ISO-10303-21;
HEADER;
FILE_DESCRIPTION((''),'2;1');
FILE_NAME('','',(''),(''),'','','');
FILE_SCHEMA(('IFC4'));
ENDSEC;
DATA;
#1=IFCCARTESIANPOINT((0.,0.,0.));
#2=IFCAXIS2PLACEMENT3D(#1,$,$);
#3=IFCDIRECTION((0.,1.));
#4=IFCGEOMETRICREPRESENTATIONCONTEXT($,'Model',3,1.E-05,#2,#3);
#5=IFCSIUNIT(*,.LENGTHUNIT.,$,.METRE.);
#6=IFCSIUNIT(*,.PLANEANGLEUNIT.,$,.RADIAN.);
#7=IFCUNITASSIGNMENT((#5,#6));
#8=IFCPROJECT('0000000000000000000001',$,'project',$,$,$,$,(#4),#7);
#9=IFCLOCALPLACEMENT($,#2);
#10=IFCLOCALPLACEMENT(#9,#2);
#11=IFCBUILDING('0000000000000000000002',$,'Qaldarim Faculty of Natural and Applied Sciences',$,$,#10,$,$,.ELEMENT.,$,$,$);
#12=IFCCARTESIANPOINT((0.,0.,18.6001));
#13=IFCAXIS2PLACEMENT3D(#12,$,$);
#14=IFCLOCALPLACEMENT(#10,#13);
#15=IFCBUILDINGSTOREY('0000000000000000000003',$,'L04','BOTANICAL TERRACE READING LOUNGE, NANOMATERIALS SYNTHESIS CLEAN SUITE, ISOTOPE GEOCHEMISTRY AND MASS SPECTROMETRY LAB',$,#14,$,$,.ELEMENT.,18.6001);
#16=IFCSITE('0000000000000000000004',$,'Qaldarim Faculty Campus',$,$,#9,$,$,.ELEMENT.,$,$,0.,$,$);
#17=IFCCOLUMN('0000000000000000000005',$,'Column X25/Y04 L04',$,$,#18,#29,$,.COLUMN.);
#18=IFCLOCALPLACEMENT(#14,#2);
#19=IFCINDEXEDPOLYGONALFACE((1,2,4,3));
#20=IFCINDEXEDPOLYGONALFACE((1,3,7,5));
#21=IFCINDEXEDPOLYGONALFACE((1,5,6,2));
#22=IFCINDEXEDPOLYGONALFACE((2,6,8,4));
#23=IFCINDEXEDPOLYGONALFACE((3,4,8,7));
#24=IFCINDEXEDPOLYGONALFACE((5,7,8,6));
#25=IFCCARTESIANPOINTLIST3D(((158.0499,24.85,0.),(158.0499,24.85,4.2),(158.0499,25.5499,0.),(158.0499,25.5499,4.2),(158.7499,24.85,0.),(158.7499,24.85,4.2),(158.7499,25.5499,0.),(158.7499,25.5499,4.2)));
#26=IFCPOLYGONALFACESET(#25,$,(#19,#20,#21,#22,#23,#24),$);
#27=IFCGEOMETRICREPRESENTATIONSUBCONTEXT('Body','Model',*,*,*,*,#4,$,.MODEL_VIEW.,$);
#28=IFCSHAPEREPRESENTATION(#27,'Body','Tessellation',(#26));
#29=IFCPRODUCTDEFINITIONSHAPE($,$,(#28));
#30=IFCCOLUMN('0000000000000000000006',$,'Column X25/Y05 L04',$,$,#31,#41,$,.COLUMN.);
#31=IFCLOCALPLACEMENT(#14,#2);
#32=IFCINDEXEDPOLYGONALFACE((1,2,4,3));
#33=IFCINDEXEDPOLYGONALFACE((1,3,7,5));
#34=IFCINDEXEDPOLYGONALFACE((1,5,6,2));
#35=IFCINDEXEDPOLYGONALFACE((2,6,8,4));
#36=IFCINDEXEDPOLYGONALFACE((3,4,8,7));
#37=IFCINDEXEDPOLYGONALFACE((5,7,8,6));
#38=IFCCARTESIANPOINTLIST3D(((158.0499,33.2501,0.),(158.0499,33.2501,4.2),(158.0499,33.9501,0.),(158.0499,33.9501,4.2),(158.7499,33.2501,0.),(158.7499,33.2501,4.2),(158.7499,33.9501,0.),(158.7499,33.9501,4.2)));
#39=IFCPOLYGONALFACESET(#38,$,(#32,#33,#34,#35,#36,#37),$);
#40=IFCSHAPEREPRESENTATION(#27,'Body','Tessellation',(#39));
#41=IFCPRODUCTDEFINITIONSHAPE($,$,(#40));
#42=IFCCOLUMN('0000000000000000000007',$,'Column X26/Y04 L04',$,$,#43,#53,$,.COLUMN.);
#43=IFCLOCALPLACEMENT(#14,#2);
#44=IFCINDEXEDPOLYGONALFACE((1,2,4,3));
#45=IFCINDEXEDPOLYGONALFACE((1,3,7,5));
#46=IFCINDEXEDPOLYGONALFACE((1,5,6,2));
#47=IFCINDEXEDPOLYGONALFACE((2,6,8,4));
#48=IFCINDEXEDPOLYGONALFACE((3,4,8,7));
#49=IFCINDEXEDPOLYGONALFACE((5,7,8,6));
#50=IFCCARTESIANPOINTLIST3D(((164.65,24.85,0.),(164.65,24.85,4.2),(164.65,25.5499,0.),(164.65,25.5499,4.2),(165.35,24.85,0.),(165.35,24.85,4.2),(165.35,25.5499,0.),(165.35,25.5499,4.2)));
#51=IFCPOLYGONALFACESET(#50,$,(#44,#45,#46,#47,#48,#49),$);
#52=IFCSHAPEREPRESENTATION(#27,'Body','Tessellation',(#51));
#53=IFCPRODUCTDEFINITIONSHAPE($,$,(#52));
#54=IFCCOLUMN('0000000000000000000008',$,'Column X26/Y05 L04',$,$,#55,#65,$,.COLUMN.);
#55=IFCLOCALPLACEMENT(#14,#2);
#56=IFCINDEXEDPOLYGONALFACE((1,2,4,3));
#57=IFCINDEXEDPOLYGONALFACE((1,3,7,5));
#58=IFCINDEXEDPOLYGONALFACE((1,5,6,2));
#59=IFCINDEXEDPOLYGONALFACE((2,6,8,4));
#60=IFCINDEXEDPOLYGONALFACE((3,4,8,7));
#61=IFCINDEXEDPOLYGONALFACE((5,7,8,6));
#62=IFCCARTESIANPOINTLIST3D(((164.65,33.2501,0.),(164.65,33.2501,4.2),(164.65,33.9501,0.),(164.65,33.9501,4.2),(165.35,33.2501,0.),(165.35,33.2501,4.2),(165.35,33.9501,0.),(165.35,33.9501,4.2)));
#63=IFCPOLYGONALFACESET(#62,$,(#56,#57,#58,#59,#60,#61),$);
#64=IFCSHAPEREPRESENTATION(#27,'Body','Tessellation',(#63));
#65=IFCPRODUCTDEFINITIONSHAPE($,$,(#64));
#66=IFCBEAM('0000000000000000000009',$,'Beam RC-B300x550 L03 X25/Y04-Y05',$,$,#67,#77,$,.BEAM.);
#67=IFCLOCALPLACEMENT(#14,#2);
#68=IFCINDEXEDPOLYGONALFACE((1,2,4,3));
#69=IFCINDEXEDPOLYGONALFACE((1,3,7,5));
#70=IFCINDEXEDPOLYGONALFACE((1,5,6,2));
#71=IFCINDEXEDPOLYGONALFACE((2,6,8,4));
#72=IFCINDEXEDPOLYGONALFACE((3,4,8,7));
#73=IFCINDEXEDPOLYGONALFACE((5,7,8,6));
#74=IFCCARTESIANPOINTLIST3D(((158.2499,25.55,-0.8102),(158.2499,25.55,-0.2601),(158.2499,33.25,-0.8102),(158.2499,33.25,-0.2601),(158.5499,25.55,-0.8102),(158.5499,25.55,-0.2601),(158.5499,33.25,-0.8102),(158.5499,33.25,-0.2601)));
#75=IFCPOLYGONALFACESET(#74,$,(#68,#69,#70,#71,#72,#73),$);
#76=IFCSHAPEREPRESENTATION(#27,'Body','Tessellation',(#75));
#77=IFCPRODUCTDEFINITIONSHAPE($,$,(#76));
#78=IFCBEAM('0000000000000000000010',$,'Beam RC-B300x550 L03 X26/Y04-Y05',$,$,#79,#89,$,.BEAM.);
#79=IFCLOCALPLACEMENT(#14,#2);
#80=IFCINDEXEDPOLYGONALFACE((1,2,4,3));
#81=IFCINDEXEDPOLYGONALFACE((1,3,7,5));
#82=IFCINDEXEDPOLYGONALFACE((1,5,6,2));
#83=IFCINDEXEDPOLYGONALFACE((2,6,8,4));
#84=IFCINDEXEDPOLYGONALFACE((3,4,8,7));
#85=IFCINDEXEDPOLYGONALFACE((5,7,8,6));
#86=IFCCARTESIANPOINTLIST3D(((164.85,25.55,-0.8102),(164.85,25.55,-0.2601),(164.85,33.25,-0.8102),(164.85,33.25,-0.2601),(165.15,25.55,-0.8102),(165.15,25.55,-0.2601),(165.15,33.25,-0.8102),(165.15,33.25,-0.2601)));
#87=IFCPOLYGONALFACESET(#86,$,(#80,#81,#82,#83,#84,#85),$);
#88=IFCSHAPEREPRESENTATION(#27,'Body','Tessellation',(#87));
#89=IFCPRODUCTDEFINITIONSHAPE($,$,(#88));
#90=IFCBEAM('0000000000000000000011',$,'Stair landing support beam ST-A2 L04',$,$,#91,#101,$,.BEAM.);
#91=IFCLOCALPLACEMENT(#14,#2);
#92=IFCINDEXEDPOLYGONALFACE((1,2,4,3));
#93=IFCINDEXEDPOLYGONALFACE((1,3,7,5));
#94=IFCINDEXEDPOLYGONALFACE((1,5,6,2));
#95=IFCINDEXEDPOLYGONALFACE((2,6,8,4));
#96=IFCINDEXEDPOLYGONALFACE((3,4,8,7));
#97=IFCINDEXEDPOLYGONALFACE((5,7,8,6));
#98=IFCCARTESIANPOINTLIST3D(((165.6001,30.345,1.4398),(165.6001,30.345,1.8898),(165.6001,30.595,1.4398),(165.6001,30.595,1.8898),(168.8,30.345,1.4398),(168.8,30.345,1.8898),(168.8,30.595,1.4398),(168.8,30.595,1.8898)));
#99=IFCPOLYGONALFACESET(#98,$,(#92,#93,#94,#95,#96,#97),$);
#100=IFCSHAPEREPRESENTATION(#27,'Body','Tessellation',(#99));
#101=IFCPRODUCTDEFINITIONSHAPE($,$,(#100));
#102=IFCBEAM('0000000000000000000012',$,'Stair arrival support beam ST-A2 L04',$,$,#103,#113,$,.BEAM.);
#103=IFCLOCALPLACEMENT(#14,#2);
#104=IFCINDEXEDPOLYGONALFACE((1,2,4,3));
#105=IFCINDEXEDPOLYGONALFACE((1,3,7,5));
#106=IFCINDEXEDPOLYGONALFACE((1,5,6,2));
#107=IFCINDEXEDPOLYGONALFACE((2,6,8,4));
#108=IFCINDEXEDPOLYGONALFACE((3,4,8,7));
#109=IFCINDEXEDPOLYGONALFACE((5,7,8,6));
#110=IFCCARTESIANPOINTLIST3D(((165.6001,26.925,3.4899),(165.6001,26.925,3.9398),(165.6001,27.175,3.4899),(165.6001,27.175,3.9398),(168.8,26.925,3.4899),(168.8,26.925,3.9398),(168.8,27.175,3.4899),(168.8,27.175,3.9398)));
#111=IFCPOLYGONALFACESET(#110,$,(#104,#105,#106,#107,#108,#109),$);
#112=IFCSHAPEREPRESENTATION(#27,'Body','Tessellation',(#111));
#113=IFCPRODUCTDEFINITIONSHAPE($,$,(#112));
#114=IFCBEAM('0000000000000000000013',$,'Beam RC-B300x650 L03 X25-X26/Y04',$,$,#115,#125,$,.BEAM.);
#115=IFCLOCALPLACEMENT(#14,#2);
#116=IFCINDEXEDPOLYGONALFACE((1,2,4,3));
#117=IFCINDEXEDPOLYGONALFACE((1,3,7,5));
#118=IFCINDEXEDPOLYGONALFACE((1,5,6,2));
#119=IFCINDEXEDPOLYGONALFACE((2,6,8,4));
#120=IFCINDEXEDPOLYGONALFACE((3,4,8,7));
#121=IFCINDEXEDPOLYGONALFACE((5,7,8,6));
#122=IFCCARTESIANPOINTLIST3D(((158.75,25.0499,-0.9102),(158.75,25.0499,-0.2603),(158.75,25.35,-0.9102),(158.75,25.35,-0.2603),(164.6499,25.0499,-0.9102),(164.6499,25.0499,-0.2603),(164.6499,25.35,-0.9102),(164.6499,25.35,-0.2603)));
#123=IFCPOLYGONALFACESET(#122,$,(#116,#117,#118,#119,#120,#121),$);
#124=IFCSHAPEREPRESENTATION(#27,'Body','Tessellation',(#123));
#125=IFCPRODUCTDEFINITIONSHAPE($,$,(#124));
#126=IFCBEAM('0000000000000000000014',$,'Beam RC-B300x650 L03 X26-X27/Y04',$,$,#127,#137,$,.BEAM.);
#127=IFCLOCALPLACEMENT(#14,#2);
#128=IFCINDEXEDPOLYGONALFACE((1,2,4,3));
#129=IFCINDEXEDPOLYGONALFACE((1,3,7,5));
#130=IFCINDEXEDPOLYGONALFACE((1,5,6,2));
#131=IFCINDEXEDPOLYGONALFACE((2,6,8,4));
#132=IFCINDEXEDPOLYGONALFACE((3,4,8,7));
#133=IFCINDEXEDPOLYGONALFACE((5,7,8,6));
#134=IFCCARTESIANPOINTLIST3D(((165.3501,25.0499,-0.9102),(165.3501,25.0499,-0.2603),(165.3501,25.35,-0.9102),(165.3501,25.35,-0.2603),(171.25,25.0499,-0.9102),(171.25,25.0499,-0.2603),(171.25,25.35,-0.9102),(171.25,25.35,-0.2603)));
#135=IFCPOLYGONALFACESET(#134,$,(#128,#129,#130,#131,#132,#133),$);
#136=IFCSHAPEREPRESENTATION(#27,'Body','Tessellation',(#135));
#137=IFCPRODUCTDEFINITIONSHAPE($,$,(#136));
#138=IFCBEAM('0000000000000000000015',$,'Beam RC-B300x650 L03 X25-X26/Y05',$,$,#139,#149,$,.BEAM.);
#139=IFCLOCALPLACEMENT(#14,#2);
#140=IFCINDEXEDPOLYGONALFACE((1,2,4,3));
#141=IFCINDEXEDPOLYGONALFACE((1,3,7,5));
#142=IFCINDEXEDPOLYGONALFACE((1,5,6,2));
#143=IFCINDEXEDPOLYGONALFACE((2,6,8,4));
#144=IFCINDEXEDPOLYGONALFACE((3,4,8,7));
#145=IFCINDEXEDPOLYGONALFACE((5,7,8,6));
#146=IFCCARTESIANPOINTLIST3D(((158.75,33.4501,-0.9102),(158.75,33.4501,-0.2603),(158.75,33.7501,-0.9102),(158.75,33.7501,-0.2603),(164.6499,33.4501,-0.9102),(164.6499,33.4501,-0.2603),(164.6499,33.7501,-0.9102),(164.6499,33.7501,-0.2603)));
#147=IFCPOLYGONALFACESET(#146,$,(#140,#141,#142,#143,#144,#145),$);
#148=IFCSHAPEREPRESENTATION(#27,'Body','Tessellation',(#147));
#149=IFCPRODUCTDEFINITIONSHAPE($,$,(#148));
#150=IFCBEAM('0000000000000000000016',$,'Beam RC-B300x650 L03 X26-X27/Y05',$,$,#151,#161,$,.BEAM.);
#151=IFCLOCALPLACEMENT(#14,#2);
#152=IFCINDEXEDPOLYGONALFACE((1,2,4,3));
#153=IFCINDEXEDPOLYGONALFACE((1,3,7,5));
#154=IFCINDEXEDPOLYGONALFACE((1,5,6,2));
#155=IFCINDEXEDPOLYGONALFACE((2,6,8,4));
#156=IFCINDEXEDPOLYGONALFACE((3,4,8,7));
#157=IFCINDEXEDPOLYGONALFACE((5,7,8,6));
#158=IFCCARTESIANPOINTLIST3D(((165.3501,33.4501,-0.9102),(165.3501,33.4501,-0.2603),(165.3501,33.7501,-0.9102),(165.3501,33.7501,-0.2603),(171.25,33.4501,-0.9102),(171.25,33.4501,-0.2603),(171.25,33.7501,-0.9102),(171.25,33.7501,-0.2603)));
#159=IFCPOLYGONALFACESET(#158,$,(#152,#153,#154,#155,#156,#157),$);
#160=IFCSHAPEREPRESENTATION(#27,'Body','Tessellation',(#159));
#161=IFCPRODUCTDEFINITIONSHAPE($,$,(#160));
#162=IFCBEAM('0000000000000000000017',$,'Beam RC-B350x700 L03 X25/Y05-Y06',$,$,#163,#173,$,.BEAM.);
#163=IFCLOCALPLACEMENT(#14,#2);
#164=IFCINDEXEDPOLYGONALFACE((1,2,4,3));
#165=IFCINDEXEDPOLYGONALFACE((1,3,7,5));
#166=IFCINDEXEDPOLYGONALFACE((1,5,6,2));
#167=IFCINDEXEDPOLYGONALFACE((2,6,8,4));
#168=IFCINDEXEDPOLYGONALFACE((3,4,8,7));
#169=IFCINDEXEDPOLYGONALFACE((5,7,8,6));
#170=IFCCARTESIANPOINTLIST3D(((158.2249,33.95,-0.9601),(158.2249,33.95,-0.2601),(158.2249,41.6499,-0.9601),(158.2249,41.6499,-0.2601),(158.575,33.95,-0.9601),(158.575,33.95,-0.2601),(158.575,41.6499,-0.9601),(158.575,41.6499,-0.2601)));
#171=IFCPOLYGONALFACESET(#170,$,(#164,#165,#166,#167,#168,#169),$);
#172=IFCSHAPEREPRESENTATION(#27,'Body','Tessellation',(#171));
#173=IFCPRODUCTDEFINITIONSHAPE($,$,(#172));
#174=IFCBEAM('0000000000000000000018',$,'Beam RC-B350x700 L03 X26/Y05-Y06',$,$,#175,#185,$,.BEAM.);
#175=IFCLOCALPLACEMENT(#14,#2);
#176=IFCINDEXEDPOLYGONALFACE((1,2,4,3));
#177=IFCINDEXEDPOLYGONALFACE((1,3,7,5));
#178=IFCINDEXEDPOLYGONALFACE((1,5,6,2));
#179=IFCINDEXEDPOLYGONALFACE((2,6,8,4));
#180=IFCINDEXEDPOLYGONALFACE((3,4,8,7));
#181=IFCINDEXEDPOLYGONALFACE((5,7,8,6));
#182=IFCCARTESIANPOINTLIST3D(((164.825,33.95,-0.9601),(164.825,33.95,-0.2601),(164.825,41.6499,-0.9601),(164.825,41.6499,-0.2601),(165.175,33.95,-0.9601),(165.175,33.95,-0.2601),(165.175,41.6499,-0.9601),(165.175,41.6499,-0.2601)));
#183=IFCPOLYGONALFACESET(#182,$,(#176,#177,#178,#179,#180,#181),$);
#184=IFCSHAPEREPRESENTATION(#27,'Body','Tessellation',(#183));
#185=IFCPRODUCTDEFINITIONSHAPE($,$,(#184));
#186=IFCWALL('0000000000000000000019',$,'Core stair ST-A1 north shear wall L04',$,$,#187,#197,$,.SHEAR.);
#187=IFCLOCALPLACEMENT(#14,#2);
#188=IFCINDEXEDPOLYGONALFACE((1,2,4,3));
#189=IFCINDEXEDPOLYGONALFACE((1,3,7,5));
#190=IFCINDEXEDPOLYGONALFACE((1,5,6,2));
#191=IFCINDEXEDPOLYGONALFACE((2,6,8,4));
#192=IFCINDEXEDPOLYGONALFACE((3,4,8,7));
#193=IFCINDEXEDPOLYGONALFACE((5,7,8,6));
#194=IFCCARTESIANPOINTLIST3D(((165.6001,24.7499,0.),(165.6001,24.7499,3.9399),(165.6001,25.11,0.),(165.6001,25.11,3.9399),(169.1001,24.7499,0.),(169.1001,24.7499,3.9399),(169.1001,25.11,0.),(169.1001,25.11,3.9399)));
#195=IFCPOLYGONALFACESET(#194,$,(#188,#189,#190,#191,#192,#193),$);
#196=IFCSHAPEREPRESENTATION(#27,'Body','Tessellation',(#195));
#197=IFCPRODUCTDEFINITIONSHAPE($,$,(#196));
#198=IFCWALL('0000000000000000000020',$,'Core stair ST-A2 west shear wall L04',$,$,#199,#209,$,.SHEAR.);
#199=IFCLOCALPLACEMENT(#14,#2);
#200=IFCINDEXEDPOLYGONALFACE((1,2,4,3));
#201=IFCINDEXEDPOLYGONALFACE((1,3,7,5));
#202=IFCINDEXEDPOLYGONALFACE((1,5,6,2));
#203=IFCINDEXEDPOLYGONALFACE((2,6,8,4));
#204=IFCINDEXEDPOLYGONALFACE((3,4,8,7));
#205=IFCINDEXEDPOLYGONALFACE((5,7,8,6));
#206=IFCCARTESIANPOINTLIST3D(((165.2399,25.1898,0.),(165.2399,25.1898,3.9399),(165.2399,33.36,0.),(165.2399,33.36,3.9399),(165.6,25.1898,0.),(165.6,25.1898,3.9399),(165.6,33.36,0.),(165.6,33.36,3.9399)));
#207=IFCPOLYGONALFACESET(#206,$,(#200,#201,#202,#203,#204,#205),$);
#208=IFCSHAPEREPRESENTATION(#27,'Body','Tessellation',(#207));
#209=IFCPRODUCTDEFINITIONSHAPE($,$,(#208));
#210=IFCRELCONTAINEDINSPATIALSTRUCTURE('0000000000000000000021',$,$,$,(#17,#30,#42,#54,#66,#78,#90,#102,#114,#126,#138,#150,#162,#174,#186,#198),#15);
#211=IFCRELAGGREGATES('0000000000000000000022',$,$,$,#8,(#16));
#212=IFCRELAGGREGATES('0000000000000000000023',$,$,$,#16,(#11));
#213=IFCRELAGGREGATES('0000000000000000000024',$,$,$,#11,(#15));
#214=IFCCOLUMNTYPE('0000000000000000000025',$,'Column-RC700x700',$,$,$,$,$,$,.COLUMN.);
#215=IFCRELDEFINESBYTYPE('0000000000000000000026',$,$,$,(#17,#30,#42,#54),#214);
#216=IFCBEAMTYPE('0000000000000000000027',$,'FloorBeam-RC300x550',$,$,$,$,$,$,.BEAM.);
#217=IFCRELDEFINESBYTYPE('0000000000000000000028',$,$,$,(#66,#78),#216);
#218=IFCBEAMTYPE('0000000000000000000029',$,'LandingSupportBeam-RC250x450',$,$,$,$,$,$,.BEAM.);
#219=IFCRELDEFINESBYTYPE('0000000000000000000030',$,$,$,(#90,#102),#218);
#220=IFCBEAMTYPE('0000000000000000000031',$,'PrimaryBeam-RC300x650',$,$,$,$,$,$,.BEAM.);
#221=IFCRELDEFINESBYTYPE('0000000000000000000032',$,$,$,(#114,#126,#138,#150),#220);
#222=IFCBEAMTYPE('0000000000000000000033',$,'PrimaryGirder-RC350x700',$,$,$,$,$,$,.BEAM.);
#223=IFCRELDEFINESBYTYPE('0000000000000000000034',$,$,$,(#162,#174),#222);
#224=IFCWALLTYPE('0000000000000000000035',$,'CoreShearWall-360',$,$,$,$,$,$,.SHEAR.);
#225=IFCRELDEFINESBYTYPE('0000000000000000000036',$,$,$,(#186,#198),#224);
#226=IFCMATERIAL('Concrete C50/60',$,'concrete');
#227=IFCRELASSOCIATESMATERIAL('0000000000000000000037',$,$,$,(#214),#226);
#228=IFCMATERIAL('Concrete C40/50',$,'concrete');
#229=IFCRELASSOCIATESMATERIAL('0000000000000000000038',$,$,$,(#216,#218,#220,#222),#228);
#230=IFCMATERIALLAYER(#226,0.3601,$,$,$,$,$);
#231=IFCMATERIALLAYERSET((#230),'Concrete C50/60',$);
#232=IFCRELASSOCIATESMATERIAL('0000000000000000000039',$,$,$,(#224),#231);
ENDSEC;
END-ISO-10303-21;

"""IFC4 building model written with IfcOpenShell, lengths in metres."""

from ifc_helpers import new_model, si_unit, direction, frame, frame_2d, origin, origin_2d, place, context, subcontext, project, spatial, rectangle, extrude, material, layer, layer_set, material_profile, profile_set, type_object, element, save


model = new_model("IFC4")

# Units and contexts
model_context = context("Model", 3, precision=1e-05, world=origin(), true_north=direction((0.0, 1.0)))
body_context = subcontext(model_context, "Body", "Model", "MODEL_VIEW")
ifc_project = project(units=[si_unit("LENGTHUNIT", "METRE"), si_unit("PLANEANGLEUNIT", "RADIAN")], contexts=[model_context])

# Site, building, storey
site_placement = place(None, origin())
site = spatial("IfcSite", under=ifc_project, at=site_placement, Name="Qaldarim Faculty Campus", CompositionType="ELEMENT", RefElevation=0.0)
building_placement = place(site_placement, origin())
building = spatial("IfcBuilding", under=site, at=building_placement, Name="Qaldarim Faculty of Natural and Applied Sciences", CompositionType="ELEMENT")
storey_placement = place(building_placement, frame((0.0, 0.0, 18.6001)))
storey = spatial("IfcBuildingStorey", under=building, at=storey_placement, Name="L04", Description="BOTANICAL TERRACE READING LOUNGE, NANOMATERIALS SYNTHESIS CLEAN SUITE, ISOTOPE GEOCHEMISTRY AND MASS SPECTROMETRY LAB", CompositionType="ELEMENT", Elevation=18.6001)

# Columns
ifc_material_1 = material(Name="Concrete C50/60", Category="concrete")
ifc_material_profile_1 = material_profile(ifc_material_1, rectangle(XDim=0.7, YDim=0.7, at=origin_2d()), Name="RC-C700x700")
ifc_profile_set_1 = profile_set([ifc_material_profile_1], Name="Concrete C50/60")
column_type = type_object("IfcColumnType", Name="Column-RC700x700", PredefinedType="COLUMN", material=ifc_profile_set_1)
for number, where, z_axis, x_axis, name in (
    (1, (158.3999, 25.2, 0.0), (0.0, 0.0, 1.0), (1.0, 0.0, 0.0), "Column X25/Y04 L04"),
    (2, (158.3999, 33.6001, 0.0), (0.0, 0.0, 1.0), (1.0, 0.0, 0.0), "Column X25/Y05 L04"),
    (3, (165.0, 25.2, 0.0), (0.0, 0.0, 1.0), (1.0, 0.0, 0.0), "Column X26/Y04 L04"),
    (4, (165.0, 33.6001, 0.0), (0.0, 0.0, 1.0), (1.0, 0.0, 0.0), "Column X26/Y05 L04"),
):
    element("IfcColumn", number, at=place(storey_placement, frame(where, z_axis=z_axis, x_axis=x_axis)), inside=storey, type_object=column_type, Name=name, PredefinedType="COLUMN", context=body_context, shape_type="SweptSolid", body=[
        extrude(rectangle(XDim=0.7, YDim=0.7, at=origin_2d()), origin(), (0.0, 0.0, 1.0), 4.2),
    ])

# Beams
ifc_material_2 = material(Name="Concrete C40/50", Category="concrete")
ifc_material_profile_2 = material_profile(ifc_material_2, rectangle(XDim=0.3, YDim=0.55, at=origin_2d()), Name="RC-B300x550")
ifc_profile_set_2 = profile_set([ifc_material_profile_2], Name="Concrete C40/50")
beam_type_1 = type_object("IfcBeamType", Name="FloorBeam-RC300x550", PredefinedType="BEAM", material=ifc_profile_set_2)
for number, where, z_axis, x_axis, name in (
    (5, (158.3999, 25.55, -0.5352), (0.0, 1.0, 0.0), (-1.0, 0.0, 0.0), "Beam RC-B300x550 L03 X25/Y04-Y05"),
    (6, (165.0, 25.55, -0.5352), (0.0, 1.0, 0.0), (-1.0, 0.0, 0.0), "Beam RC-B300x550 L03 X26/Y04-Y05"),
):
    element("IfcBeam", number, at=place(storey_placement, frame(where, z_axis=z_axis, x_axis=x_axis)), inside=storey, type_object=beam_type_1, Name=name, PredefinedType="BEAM", context=body_context, shape_type="SweptSolid", body=[
        extrude(rectangle(XDim=0.3, YDim=0.55, at=origin_2d()), origin(), (0.0, 0.0, 1.0), 7.7),
    ])
ifc_material_profile_3 = material_profile(ifc_material_2, rectangle(XDim=0.25, YDim=0.45, at=origin_2d()), Name="RC-LN250x450")
ifc_profile_set_3 = profile_set([ifc_material_profile_3], Name="Concrete C40/50")
beam_type_2 = type_object("IfcBeamType", Name="LandingSupportBeam-RC250x450", PredefinedType="BEAM", material=ifc_profile_set_3)
for number, where, z_axis, x_axis, name in (
    (7, (165.6001, 30.47, 1.6648), (1.0, 0.0, 0.0), (0.0, 1.0, 0.0), "Stair landing support beam ST-A2 L04"),
    (8, (165.6001, 27.05, 3.7148), (1.0, 0.0, 0.0), (0.0, 1.0, 0.0), "Stair arrival support beam ST-A2 L04"),
):
    element("IfcBeam", number, at=place(storey_placement, frame(where, z_axis=z_axis, x_axis=x_axis)), inside=storey, type_object=beam_type_2, Name=name, PredefinedType="BEAM", context=body_context, shape_type="SweptSolid", body=[
        extrude(rectangle(XDim=0.25, YDim=0.45, at=origin_2d()), origin(), (0.0, 0.0, 1.0), 3.2),
    ])
ifc_material_profile_4 = material_profile(ifc_material_2, rectangle(XDim=0.3, YDim=0.6499, at=origin_2d()), Name="RC-B300x650")
ifc_profile_set_4 = profile_set([ifc_material_profile_4], Name="Concrete C40/50")
beam_type_3 = type_object("IfcBeamType", Name="PrimaryBeam-RC300x650", PredefinedType="BEAM", material=ifc_profile_set_4)
for number, where, z_axis, x_axis, name in (
    (9, (158.75, 25.2, -0.5852), (1.0, 0.0, 0.0), (0.0, 1.0, 0.0), "Beam RC-B300x650 L03 X25-X26/Y04"),
    (10, (165.3501, 25.2, -0.5852), (1.0, 0.0, 0.0), (0.0, 1.0, 0.0), "Beam RC-B300x650 L03 X26-X27/Y04"),
    (11, (158.75, 33.6001, -0.5852), (1.0, 0.0, 0.0), (0.0, 1.0, 0.0), "Beam RC-B300x650 L03 X25-X26/Y05"),
    (12, (165.3501, 33.6001, -0.5852), (1.0, 0.0, 0.0), (0.0, 1.0, 0.0), "Beam RC-B300x650 L03 X26-X27/Y05"),
):
    element("IfcBeam", number, at=place(storey_placement, frame(where, z_axis=z_axis, x_axis=x_axis)), inside=storey, type_object=beam_type_3, Name=name, PredefinedType="BEAM", context=body_context, shape_type="SweptSolid", body=[
        extrude(rectangle(XDim=0.3, YDim=0.6499, at=origin_2d()), origin(), (0.0, 0.0, 1.0), 5.8999),
    ])
ifc_material_profile_5 = material_profile(ifc_material_2, rectangle(XDim=0.3501, YDim=0.7, at=origin_2d()), Name="RC-B350x700")
ifc_profile_set_5 = profile_set([ifc_material_profile_5], Name="Concrete C40/50")
beam_type_4 = type_object("IfcBeamType", Name="PrimaryGirder-RC350x700", PredefinedType="BEAM", material=ifc_profile_set_5)
for number, where, z_axis, x_axis, name in (
    (13, (158.3999, 33.95, -0.6101), (0.0, 1.0, 0.0), (-1.0, 0.0, 0.0), "Beam RC-B350x700 L03 X25/Y05-Y06"),
    (14, (165.0, 33.95, -0.6101), (0.0, 1.0, 0.0), (-1.0, 0.0, 0.0), "Beam RC-B350x700 L03 X26/Y05-Y06"),
):
    element("IfcBeam", number, at=place(storey_placement, frame(where, z_axis=z_axis, x_axis=x_axis)), inside=storey, type_object=beam_type_4, Name=name, PredefinedType="BEAM", context=body_context, shape_type="SweptSolid", body=[
        extrude(rectangle(XDim=0.3501, YDim=0.7, at=origin_2d()), origin(), (0.0, 0.0, 1.0), 7.7),
    ])

# Walls
ifc_layer_1 = layer(ifc_material_1, 0.3601)
ifc_layer_set_1 = layer_set([ifc_layer_1], Name="Concrete C50/60")
wall_type_1 = type_object("IfcWallType", Name="CoreShearWall-360", PredefinedType="SHEAR", material=ifc_layer_set_1)
wall_1_placement = place(storey_placement, frame((165.6001, 24.9299, 0.0), z_axis=(0.0, 0.0, 1.0), x_axis=(1.0, 0.0, 0.0)))
element("IfcWall", 15, at=wall_1_placement, inside=storey, type_object=wall_type_1, Name="Core stair ST-A1 north shear wall L04", PredefinedType="SHEAR", context=body_context, shape_type="SweptSolid", body=[
    extrude(rectangle(XDim=3.5, YDim=0.3601, at=frame_2d((1.75, 0.0))), origin(), (0.0, 0.0, 1.0), 3.9399),
])
wall_2_placement = place(storey_placement, frame((165.4199, 25.1899, 0.0), z_axis=(0.0, 0.0, 1.0), x_axis=(0.0, 1.0, 0.0)))
element("IfcWall", 16, at=wall_2_placement, inside=storey, type_object=wall_type_1, Name="Core stair ST-A2 west shear wall L04", PredefinedType="SHEAR", context=body_context, shape_type="SweptSolid", body=[
    extrude(rectangle(XDim=8.1702, YDim=0.3601, at=frame_2d((4.085, 0.0))), origin(), (0.0, 0.0, 1.0), 3.9399),
])

save(model, "model.ifc")
